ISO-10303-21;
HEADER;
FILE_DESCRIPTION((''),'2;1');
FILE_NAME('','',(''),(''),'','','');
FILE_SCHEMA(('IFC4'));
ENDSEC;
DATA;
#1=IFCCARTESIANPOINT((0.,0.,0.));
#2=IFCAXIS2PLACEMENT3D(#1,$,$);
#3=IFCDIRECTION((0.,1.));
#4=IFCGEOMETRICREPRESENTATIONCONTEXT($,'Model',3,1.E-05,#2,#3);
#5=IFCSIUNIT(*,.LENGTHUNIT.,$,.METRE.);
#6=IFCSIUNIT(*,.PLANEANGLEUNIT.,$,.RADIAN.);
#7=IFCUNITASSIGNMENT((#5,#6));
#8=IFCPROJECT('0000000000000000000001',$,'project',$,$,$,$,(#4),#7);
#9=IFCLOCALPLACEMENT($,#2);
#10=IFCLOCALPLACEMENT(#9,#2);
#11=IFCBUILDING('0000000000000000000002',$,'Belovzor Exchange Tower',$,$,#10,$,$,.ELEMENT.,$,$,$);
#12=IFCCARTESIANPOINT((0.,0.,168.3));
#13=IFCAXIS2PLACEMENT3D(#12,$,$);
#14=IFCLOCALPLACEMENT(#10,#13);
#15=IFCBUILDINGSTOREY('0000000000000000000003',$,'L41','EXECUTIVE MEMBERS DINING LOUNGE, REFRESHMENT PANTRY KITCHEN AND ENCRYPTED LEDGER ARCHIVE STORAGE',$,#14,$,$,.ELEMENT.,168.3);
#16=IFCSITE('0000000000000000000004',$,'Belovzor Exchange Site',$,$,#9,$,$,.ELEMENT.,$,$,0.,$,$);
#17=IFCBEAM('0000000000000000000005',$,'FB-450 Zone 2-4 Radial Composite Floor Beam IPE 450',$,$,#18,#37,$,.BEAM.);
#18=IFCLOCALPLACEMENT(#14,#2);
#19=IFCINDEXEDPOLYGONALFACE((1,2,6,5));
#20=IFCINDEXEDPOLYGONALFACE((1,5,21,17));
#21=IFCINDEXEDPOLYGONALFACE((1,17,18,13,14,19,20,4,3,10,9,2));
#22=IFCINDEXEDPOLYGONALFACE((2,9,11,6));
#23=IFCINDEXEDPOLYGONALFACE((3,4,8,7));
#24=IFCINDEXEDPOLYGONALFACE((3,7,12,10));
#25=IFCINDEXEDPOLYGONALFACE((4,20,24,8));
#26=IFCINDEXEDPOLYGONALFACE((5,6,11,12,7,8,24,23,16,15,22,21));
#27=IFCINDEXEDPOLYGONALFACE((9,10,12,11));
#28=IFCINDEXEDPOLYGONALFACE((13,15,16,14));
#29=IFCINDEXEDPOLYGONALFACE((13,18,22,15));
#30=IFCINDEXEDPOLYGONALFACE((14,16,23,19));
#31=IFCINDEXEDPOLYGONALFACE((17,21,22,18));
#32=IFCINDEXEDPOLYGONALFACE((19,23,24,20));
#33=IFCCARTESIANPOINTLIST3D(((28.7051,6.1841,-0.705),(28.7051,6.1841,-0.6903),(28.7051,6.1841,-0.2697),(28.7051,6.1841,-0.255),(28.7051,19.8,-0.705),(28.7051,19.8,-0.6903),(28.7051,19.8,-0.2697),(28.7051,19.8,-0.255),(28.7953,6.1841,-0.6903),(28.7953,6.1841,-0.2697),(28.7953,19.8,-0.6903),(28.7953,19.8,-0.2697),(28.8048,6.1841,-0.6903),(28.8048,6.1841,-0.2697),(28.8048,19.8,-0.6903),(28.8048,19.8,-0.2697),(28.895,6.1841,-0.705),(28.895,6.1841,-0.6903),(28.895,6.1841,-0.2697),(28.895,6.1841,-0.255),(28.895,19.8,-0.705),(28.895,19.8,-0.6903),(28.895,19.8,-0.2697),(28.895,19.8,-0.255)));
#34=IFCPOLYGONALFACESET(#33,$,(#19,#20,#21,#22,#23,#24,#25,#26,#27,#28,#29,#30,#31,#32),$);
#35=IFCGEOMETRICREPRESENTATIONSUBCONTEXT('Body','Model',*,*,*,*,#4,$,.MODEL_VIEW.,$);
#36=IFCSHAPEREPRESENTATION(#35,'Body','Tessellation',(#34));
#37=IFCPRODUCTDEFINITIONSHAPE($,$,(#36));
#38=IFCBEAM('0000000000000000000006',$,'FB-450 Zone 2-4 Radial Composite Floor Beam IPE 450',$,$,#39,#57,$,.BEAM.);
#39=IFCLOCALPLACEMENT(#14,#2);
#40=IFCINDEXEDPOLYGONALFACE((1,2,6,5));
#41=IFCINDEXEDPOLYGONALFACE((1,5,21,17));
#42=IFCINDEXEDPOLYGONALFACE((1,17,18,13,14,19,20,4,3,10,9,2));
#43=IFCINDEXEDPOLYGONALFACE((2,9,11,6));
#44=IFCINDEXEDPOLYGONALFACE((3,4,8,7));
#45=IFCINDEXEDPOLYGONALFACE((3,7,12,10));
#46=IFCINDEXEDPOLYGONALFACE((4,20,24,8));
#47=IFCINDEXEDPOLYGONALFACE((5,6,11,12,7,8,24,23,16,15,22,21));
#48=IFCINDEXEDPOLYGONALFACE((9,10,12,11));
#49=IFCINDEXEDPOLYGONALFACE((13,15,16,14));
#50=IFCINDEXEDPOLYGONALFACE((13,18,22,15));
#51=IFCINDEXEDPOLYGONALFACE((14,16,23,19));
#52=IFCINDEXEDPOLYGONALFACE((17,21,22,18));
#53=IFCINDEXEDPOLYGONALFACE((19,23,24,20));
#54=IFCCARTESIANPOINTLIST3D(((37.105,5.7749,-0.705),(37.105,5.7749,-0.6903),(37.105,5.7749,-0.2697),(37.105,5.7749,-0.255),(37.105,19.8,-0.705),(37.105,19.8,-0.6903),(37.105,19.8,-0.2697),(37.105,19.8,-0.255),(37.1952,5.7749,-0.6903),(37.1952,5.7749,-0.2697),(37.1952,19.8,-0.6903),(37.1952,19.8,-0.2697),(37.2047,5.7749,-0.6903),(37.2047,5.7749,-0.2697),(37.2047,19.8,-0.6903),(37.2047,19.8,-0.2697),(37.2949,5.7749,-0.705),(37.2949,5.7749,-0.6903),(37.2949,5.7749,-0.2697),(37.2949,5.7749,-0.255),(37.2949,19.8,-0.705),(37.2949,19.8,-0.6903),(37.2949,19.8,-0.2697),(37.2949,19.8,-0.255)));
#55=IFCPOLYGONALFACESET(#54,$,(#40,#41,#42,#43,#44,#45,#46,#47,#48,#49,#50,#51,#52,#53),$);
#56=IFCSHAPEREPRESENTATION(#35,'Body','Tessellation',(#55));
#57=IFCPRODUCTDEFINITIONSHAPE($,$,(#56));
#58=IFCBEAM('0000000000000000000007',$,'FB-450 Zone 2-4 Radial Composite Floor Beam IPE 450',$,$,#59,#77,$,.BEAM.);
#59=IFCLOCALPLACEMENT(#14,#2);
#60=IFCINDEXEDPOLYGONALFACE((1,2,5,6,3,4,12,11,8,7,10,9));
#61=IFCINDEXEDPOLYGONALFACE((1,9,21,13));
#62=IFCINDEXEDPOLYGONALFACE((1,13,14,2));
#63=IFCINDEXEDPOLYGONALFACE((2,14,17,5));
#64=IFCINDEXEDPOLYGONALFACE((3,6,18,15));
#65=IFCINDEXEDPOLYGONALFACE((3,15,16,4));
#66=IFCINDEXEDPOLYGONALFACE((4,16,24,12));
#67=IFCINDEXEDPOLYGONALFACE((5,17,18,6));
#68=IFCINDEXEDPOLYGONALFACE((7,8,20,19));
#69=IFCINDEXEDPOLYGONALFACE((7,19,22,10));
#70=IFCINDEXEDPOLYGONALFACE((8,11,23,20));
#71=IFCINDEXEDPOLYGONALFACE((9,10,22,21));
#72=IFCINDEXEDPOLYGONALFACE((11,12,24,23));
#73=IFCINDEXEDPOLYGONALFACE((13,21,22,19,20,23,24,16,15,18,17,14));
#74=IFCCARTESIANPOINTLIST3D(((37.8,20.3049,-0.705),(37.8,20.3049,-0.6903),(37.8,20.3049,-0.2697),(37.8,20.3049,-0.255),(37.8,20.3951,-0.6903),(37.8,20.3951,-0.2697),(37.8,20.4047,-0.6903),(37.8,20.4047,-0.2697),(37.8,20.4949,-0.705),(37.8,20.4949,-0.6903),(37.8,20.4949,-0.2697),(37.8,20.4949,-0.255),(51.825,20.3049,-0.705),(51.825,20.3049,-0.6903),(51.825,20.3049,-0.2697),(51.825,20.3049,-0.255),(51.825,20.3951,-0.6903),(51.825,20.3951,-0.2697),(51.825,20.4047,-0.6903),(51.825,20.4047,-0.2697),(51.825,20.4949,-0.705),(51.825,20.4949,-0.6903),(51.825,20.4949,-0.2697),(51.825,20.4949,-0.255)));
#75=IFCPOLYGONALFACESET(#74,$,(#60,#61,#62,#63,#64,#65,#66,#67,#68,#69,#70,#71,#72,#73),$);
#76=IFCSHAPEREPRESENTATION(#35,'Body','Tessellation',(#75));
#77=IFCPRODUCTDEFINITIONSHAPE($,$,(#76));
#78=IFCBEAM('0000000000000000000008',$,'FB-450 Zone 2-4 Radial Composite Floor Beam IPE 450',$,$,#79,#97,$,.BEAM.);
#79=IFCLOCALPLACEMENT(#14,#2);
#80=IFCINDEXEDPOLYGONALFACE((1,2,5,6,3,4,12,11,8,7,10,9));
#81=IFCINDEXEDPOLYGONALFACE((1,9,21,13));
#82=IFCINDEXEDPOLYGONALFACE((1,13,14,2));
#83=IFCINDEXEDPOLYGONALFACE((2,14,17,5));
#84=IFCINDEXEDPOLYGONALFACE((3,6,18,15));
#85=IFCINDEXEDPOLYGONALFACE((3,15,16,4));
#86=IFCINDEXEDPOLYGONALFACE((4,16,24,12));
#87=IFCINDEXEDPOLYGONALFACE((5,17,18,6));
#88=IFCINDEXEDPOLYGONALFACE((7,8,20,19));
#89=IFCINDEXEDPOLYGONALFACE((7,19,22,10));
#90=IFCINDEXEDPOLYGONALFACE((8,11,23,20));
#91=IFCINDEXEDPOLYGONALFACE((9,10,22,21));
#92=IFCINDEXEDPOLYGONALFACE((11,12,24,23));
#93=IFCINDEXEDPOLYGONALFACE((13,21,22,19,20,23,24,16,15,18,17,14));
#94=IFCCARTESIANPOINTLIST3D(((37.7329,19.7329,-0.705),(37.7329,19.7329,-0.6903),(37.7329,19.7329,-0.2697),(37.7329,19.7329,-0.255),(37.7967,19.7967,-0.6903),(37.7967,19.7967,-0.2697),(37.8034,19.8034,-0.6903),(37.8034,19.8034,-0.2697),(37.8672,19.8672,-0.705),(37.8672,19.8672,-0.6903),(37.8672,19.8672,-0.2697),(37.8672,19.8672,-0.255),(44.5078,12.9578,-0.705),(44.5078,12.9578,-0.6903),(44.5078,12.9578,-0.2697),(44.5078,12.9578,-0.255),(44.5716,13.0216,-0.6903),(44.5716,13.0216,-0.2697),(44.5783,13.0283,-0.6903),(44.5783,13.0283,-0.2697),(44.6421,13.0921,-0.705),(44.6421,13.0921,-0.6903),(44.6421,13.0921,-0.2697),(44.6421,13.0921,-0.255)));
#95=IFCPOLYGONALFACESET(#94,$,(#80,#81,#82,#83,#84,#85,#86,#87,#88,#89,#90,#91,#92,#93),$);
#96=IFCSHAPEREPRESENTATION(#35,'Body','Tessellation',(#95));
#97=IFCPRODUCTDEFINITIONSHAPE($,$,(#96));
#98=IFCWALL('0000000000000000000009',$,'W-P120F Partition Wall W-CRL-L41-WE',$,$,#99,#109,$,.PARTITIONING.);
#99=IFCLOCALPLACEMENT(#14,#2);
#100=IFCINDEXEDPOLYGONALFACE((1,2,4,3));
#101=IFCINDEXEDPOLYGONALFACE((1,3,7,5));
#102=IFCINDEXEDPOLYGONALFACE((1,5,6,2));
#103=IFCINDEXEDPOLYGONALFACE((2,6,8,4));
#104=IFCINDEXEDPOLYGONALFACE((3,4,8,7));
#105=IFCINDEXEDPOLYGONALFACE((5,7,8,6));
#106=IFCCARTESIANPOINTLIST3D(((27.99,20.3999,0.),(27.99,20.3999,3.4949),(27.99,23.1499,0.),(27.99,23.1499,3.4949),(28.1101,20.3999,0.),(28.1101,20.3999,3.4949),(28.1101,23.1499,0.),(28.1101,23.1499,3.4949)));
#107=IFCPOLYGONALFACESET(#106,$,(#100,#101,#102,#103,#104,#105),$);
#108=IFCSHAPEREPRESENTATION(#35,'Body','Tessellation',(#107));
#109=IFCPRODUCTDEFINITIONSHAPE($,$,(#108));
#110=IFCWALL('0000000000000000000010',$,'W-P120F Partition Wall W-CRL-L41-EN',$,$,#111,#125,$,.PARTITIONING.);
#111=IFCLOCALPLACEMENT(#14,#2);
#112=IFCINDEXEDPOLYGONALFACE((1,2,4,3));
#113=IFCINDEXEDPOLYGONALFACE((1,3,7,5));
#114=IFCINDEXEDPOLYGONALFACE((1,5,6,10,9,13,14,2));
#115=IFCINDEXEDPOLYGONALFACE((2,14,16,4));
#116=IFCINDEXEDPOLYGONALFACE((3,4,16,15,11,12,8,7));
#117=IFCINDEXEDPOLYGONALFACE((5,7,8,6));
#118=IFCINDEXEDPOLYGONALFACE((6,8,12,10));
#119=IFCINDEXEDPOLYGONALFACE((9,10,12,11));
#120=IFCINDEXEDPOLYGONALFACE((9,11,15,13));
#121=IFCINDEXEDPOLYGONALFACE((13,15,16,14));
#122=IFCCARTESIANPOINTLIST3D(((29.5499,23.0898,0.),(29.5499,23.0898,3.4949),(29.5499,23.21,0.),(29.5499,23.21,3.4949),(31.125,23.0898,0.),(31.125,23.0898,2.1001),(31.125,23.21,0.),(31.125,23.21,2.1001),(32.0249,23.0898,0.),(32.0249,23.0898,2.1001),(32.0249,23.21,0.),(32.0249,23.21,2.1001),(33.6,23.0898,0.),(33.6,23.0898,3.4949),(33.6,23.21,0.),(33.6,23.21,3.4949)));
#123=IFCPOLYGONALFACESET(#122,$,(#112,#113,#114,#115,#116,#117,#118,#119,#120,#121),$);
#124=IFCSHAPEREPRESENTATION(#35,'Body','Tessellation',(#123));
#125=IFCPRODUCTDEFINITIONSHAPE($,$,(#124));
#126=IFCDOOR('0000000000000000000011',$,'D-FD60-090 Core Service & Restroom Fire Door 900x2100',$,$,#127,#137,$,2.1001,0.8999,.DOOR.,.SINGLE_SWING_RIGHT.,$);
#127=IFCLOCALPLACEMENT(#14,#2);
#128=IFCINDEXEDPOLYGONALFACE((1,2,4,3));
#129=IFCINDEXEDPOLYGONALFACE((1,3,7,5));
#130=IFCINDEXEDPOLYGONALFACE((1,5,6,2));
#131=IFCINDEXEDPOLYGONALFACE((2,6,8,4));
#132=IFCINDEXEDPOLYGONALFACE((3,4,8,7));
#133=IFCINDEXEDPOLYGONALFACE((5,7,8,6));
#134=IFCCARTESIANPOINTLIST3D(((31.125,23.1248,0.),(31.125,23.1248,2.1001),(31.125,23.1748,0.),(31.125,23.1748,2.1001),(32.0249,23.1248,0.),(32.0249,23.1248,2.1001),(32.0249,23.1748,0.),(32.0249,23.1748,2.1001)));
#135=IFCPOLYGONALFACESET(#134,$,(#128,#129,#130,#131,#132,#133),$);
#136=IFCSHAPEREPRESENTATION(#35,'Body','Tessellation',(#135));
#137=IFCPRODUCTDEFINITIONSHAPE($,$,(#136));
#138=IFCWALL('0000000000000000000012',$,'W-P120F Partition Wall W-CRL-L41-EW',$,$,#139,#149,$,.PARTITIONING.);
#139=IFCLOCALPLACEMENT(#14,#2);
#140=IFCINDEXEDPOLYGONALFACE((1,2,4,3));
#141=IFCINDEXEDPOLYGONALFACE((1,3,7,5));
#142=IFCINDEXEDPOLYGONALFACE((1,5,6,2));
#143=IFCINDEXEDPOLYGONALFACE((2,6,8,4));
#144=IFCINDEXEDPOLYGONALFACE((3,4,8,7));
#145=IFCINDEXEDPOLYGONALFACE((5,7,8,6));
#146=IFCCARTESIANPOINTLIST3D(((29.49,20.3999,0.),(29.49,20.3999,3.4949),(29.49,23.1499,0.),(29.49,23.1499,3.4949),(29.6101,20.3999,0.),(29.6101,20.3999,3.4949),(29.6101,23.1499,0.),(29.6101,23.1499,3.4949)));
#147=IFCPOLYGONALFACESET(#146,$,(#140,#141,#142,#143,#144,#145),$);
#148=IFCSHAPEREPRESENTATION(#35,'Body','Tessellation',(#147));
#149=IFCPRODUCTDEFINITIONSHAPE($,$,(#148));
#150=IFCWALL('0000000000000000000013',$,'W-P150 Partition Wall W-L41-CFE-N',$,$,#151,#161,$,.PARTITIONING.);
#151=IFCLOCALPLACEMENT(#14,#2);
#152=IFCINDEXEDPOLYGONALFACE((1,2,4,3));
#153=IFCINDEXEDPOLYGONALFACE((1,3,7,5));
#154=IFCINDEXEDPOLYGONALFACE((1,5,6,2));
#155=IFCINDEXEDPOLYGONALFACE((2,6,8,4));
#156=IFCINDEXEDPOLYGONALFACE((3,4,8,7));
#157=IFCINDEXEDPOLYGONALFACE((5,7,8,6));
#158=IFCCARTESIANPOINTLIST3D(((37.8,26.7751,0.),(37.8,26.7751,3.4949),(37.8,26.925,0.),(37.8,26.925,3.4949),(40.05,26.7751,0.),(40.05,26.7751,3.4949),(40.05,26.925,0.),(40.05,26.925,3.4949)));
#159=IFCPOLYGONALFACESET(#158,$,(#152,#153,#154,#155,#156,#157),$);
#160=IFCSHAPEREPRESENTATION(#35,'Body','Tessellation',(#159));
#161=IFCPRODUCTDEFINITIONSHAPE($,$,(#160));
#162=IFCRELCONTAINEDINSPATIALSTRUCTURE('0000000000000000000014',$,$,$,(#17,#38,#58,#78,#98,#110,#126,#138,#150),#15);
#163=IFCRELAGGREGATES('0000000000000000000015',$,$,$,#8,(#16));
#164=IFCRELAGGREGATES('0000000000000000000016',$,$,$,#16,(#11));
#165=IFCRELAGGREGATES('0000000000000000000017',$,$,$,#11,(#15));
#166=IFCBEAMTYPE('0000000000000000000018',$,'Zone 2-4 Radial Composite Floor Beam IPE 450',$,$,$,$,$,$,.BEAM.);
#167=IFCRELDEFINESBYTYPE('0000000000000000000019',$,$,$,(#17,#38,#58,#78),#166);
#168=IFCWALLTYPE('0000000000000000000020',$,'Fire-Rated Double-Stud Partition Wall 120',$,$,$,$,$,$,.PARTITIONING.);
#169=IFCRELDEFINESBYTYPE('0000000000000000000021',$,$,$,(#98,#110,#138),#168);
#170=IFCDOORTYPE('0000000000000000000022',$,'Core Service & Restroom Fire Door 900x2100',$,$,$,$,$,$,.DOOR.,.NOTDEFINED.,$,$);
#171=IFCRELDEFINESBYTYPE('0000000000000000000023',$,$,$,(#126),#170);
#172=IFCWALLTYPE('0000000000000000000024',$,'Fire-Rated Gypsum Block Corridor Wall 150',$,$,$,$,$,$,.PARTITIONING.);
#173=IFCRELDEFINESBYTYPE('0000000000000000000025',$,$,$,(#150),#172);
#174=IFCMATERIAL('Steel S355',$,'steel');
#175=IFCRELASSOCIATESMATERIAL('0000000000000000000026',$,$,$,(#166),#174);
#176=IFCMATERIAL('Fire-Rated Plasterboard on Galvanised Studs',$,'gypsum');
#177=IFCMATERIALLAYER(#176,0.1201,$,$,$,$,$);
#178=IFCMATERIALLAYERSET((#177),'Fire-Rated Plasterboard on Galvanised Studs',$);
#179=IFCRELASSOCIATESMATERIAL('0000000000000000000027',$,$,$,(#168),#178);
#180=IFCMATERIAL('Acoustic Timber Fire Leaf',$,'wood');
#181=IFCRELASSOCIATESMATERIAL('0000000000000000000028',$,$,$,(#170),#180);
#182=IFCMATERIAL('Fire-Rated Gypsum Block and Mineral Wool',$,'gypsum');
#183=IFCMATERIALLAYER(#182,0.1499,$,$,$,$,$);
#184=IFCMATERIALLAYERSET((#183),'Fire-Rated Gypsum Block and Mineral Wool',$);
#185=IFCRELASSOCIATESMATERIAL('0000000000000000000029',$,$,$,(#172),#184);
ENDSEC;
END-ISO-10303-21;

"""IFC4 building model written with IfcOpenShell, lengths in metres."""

from ifc_helpers import new_model, si_unit, direction, frame, frame_2d, origin, origin_2d, place, context, subcontext, project, spatial, rectangle, i_section, extrude, material, layer, layer_set, material_profile, profile_set, type_object, element, fill, save


model = new_model("IFC4")

# Units and contexts
model_context = context("Model", 3, precision=1e-05, world=origin(), true_north=direction((0.0, 1.0)))
body_context = subcontext(model_context, "Body", "Model", "MODEL_VIEW")
ifc_project = project(units=[si_unit("LENGTHUNIT", "METRE"), si_unit("PLANEANGLEUNIT", "RADIAN")], contexts=[model_context])

# Site, building, storey
site_placement = place(None, origin())
site = spatial("IfcSite", under=ifc_project, at=site_placement, Name="Belovzor Exchange Site", CompositionType="ELEMENT", RefElevation=0.0)
building_placement = place(site_placement, origin())
building = spatial("IfcBuilding", under=site, at=building_placement, Name="Belovzor Exchange Tower", CompositionType="ELEMENT")
storey_placement = place(building_placement, frame((0.0, 0.0, 168.3)))
storey = spatial("IfcBuildingStorey", under=building, at=storey_placement, Name="L41", Description="EXECUTIVE MEMBERS DINING LOUNGE, REFRESHMENT PANTRY KITCHEN AND ENCRYPTED LEDGER ARCHIVE STORAGE", CompositionType="ELEMENT", Elevation=168.3)

# Beams
ifc_material_1 = material(Name="Steel S355", Category="steel")
ifc_material_profile = material_profile(ifc_material_1, i_section(OverallWidth=0.1899, OverallDepth=0.45, WebThickness=0.0095, FlangeThickness=0.0146, at=origin_2d()))
ifc_profile_set = profile_set([ifc_material_profile], Name="Steel S355")
beam_type = type_object("IfcBeamType", Name="Zone 2-4 Radial Composite Floor Beam IPE 450", PredefinedType="BEAM", material=ifc_profile_set)
beam_1_placement = place(storey_placement, frame((28.8, 19.8, -0.48), z_axis=(0.0, -1.0, 0.0), x_axis=(1.0, 0.0, 0.0)))
element("IfcBeam", 1, at=beam_1_placement, inside=storey, type_object=beam_type, Name="FB-450 Zone 2-4 Radial Composite Floor Beam IPE 450", PredefinedType="BEAM", context=body_context, shape_type="SweptSolid", body=[
    extrude(i_section(OverallWidth=0.1899, OverallDepth=0.45, WebThickness=0.0095, FlangeThickness=0.0146, at=origin_2d()), origin(), (0.0, 0.0, 1.0), 13.616),
])
beam_2_placement = place(storey_placement, frame((37.2, 19.8, -0.48), z_axis=(0.0, -1.0, 0.0), x_axis=(1.0, 0.0, 0.0)))
element("IfcBeam", 2, at=beam_2_placement, inside=storey, type_object=beam_type, Name="FB-450 Zone 2-4 Radial Composite Floor Beam IPE 450", PredefinedType="BEAM", context=body_context, shape_type="SweptSolid", body=[
    extrude(i_section(OverallWidth=0.1899, OverallDepth=0.45, WebThickness=0.0095, FlangeThickness=0.0146, at=origin_2d()), origin(), (0.0, 0.0, 1.0), 14.0251),
])
beam_3_placement = place(storey_placement, frame((37.8, 20.3999, -0.48), z_axis=(1.0, 0.0, 0.0), x_axis=(0.0, 1.0, 0.0)))
element("IfcBeam", 3, at=beam_3_placement, inside=storey, type_object=beam_type, Name="FB-450 Zone 2-4 Radial Composite Floor Beam IPE 450", PredefinedType="BEAM", context=body_context, shape_type="SweptSolid", body=[
    extrude(i_section(OverallWidth=0.1899, OverallDepth=0.45, WebThickness=0.0095, FlangeThickness=0.0146, at=origin_2d()), origin(), (0.0, 0.0, 1.0), 14.0249),
])
beam_4_placement = place(storey_placement, frame((37.8, 19.8, -0.48), z_axis=(0.707094, -0.70712, 0.0), x_axis=(0.70712, 0.707094, 0.0)))
element("IfcBeam", 4, at=beam_4_placement, inside=storey, type_object=beam_type, Name="FB-450 Zone 2-4 Radial Composite Floor Beam IPE 450", PredefinedType="BEAM", context=body_context, shape_type="SweptSolid", body=[
    extrude(i_section(OverallWidth=0.1899, OverallDepth=0.45, WebThickness=0.0095, FlangeThickness=0.0146, at=origin_2d()), origin(), (0.0, 0.0, 1.0), 9.5813),
])

# Wall
ifc_material_2 = material(Name="Fire-Rated Plasterboard on Galvanised Studs", Category="gypsum")
ifc_layer_1 = layer(ifc_material_2, 0.1201)
ifc_layer_set_1 = layer_set([ifc_layer_1], Name="Fire-Rated Plasterboard on Galvanised Studs")
wall_type_1 = type_object("IfcWallType", Name="Fire-Rated Double-Stud Partition Wall 120", PredefinedType="PARTITIONING", material=ifc_layer_set_1)
wall_1_placement = place(storey_placement, frame((28.05, 20.3999, 0.0), z_axis=(0.0, 0.0, 1.0), x_axis=(0.0, 1.0, 0.0)))
element("IfcWall", 5, at=wall_1_placement, inside=storey, type_object=wall_type_1, Name="W-P120F Partition Wall W-CRL-L41-WE", PredefinedType="PARTITIONING", context=body_context, shape_type="SweptSolid", body=[
    extrude(rectangle(XDim=2.75, YDim=0.1201, at=frame_2d((1.375, 0.0))), origin(), (0.0, 0.0, 1.0), 3.4949),
])

# Wall, opening, door
wall_2_placement = place(storey_placement, frame((29.55, 23.1499, 0.0), z_axis=(0.0, 0.0, 1.0), x_axis=(1.0, 0.0, 0.0)))
wall_2 = element("IfcWall", 6, at=wall_2_placement, inside=storey, type_object=wall_type_1, Name="W-P120F Partition Wall W-CRL-L41-EN", PredefinedType="PARTITIONING", context=body_context, shape_type="SweptSolid", body=[
    extrude(rectangle(XDim=4.05, YDim=0.1201, at=frame_2d((2.0249, 0.0))), origin(), (0.0, 0.0, 1.0), 3.4949),
])
opening_1_placement = place(wall_2_placement, frame((1.575, 0.0, 0.0)))
opening_1 = element("IfcOpeningElement", 7, at=opening_1_placement, cuts=wall_2, PredefinedType="OPENING", context=body_context, shape_type="SweptSolid", body=[
    extrude(rectangle(XDim=0.8999, YDim=2.1001, at=frame_2d((0.45, 1.05))), frame((0.0, 0.0701, 0.0), z_axis=(0.0, -1.0, 0.0), x_axis=(1.0, 0.0, 0.0)), (0.0, 0.0, 1.0), 0.1401),
])
ifc_material_3 = material(Name="Acoustic Timber Fire Leaf", Category="wood")
door_type_1 = type_object("IfcDoorType", Name="Core Service & Restroom Fire Door 900x2100", OperationType="NOTDEFINED", PredefinedType="DOOR", material=ifc_material_3)
door_1_placement = place(opening_1_placement, origin())
door_1 = element("IfcDoor", 8, at=door_1_placement, inside=storey, type_object=door_type_1, Name="D-FD60-090 Core Service & Restroom Fire Door 900x2100", OperationType="SINGLE_SWING_RIGHT", OverallHeight=2.1001, OverallWidth=0.8999, PredefinedType="DOOR", context=body_context, shape_type="SweptSolid", body=[
    extrude(rectangle(XDim=0.8999, YDim=2.1001, at=frame_2d((0.45, 1.05))), frame((0.0, 0.0249, 0.0), z_axis=(0.0, -1.0, 0.0), x_axis=(1.0, 0.0, 0.0)), (0.0, 0.0, 1.0), 0.05),
])
fill(opening_1, door_1)

# Walls
wall_3_placement = place(storey_placement, frame((29.55, 20.3999, 0.0), z_axis=(0.0, 0.0, 1.0), x_axis=(0.0, 1.0, 0.0)))
element("IfcWall", 9, at=wall_3_placement, inside=storey, type_object=wall_type_1, Name="W-P120F Partition Wall W-CRL-L41-EW", PredefinedType="PARTITIONING", context=body_context, shape_type="SweptSolid", body=[
    extrude(rectangle(XDim=2.75, YDim=0.1201, at=frame_2d((1.375, 0.0))), origin(), (0.0, 0.0, 1.0), 3.4949),
])
ifc_material_4 = material(Name="Fire-Rated Gypsum Block and Mineral Wool", Category="gypsum")
ifc_layer_2 = layer(ifc_material_4, 0.1499)
ifc_layer_set_2 = layer_set([ifc_layer_2], Name="Fire-Rated Gypsum Block and Mineral Wool")
wall_type_2 = type_object("IfcWallType", Name="Fire-Rated Gypsum Block Corridor Wall 150", PredefinedType="PARTITIONING", material=ifc_layer_set_2)
wall_4_placement = place(storey_placement, frame((37.8, 26.8501, 0.0), z_axis=(0.0, 0.0, 1.0), x_axis=(1.0, 0.0, 0.0)))
element("IfcWall", 10, at=wall_4_placement, inside=storey, type_object=wall_type_2, Name="W-P150 Partition Wall W-L41-CFE-N", PredefinedType="PARTITIONING", context=body_context, shape_type="SweptSolid", body=[
    extrude(rectangle(XDim=2.25, YDim=0.1499, at=frame_2d((1.125, 0.0))), origin(), (0.0, 0.0, 1.0), 3.4949),
])

save(model, "model.ifc")
